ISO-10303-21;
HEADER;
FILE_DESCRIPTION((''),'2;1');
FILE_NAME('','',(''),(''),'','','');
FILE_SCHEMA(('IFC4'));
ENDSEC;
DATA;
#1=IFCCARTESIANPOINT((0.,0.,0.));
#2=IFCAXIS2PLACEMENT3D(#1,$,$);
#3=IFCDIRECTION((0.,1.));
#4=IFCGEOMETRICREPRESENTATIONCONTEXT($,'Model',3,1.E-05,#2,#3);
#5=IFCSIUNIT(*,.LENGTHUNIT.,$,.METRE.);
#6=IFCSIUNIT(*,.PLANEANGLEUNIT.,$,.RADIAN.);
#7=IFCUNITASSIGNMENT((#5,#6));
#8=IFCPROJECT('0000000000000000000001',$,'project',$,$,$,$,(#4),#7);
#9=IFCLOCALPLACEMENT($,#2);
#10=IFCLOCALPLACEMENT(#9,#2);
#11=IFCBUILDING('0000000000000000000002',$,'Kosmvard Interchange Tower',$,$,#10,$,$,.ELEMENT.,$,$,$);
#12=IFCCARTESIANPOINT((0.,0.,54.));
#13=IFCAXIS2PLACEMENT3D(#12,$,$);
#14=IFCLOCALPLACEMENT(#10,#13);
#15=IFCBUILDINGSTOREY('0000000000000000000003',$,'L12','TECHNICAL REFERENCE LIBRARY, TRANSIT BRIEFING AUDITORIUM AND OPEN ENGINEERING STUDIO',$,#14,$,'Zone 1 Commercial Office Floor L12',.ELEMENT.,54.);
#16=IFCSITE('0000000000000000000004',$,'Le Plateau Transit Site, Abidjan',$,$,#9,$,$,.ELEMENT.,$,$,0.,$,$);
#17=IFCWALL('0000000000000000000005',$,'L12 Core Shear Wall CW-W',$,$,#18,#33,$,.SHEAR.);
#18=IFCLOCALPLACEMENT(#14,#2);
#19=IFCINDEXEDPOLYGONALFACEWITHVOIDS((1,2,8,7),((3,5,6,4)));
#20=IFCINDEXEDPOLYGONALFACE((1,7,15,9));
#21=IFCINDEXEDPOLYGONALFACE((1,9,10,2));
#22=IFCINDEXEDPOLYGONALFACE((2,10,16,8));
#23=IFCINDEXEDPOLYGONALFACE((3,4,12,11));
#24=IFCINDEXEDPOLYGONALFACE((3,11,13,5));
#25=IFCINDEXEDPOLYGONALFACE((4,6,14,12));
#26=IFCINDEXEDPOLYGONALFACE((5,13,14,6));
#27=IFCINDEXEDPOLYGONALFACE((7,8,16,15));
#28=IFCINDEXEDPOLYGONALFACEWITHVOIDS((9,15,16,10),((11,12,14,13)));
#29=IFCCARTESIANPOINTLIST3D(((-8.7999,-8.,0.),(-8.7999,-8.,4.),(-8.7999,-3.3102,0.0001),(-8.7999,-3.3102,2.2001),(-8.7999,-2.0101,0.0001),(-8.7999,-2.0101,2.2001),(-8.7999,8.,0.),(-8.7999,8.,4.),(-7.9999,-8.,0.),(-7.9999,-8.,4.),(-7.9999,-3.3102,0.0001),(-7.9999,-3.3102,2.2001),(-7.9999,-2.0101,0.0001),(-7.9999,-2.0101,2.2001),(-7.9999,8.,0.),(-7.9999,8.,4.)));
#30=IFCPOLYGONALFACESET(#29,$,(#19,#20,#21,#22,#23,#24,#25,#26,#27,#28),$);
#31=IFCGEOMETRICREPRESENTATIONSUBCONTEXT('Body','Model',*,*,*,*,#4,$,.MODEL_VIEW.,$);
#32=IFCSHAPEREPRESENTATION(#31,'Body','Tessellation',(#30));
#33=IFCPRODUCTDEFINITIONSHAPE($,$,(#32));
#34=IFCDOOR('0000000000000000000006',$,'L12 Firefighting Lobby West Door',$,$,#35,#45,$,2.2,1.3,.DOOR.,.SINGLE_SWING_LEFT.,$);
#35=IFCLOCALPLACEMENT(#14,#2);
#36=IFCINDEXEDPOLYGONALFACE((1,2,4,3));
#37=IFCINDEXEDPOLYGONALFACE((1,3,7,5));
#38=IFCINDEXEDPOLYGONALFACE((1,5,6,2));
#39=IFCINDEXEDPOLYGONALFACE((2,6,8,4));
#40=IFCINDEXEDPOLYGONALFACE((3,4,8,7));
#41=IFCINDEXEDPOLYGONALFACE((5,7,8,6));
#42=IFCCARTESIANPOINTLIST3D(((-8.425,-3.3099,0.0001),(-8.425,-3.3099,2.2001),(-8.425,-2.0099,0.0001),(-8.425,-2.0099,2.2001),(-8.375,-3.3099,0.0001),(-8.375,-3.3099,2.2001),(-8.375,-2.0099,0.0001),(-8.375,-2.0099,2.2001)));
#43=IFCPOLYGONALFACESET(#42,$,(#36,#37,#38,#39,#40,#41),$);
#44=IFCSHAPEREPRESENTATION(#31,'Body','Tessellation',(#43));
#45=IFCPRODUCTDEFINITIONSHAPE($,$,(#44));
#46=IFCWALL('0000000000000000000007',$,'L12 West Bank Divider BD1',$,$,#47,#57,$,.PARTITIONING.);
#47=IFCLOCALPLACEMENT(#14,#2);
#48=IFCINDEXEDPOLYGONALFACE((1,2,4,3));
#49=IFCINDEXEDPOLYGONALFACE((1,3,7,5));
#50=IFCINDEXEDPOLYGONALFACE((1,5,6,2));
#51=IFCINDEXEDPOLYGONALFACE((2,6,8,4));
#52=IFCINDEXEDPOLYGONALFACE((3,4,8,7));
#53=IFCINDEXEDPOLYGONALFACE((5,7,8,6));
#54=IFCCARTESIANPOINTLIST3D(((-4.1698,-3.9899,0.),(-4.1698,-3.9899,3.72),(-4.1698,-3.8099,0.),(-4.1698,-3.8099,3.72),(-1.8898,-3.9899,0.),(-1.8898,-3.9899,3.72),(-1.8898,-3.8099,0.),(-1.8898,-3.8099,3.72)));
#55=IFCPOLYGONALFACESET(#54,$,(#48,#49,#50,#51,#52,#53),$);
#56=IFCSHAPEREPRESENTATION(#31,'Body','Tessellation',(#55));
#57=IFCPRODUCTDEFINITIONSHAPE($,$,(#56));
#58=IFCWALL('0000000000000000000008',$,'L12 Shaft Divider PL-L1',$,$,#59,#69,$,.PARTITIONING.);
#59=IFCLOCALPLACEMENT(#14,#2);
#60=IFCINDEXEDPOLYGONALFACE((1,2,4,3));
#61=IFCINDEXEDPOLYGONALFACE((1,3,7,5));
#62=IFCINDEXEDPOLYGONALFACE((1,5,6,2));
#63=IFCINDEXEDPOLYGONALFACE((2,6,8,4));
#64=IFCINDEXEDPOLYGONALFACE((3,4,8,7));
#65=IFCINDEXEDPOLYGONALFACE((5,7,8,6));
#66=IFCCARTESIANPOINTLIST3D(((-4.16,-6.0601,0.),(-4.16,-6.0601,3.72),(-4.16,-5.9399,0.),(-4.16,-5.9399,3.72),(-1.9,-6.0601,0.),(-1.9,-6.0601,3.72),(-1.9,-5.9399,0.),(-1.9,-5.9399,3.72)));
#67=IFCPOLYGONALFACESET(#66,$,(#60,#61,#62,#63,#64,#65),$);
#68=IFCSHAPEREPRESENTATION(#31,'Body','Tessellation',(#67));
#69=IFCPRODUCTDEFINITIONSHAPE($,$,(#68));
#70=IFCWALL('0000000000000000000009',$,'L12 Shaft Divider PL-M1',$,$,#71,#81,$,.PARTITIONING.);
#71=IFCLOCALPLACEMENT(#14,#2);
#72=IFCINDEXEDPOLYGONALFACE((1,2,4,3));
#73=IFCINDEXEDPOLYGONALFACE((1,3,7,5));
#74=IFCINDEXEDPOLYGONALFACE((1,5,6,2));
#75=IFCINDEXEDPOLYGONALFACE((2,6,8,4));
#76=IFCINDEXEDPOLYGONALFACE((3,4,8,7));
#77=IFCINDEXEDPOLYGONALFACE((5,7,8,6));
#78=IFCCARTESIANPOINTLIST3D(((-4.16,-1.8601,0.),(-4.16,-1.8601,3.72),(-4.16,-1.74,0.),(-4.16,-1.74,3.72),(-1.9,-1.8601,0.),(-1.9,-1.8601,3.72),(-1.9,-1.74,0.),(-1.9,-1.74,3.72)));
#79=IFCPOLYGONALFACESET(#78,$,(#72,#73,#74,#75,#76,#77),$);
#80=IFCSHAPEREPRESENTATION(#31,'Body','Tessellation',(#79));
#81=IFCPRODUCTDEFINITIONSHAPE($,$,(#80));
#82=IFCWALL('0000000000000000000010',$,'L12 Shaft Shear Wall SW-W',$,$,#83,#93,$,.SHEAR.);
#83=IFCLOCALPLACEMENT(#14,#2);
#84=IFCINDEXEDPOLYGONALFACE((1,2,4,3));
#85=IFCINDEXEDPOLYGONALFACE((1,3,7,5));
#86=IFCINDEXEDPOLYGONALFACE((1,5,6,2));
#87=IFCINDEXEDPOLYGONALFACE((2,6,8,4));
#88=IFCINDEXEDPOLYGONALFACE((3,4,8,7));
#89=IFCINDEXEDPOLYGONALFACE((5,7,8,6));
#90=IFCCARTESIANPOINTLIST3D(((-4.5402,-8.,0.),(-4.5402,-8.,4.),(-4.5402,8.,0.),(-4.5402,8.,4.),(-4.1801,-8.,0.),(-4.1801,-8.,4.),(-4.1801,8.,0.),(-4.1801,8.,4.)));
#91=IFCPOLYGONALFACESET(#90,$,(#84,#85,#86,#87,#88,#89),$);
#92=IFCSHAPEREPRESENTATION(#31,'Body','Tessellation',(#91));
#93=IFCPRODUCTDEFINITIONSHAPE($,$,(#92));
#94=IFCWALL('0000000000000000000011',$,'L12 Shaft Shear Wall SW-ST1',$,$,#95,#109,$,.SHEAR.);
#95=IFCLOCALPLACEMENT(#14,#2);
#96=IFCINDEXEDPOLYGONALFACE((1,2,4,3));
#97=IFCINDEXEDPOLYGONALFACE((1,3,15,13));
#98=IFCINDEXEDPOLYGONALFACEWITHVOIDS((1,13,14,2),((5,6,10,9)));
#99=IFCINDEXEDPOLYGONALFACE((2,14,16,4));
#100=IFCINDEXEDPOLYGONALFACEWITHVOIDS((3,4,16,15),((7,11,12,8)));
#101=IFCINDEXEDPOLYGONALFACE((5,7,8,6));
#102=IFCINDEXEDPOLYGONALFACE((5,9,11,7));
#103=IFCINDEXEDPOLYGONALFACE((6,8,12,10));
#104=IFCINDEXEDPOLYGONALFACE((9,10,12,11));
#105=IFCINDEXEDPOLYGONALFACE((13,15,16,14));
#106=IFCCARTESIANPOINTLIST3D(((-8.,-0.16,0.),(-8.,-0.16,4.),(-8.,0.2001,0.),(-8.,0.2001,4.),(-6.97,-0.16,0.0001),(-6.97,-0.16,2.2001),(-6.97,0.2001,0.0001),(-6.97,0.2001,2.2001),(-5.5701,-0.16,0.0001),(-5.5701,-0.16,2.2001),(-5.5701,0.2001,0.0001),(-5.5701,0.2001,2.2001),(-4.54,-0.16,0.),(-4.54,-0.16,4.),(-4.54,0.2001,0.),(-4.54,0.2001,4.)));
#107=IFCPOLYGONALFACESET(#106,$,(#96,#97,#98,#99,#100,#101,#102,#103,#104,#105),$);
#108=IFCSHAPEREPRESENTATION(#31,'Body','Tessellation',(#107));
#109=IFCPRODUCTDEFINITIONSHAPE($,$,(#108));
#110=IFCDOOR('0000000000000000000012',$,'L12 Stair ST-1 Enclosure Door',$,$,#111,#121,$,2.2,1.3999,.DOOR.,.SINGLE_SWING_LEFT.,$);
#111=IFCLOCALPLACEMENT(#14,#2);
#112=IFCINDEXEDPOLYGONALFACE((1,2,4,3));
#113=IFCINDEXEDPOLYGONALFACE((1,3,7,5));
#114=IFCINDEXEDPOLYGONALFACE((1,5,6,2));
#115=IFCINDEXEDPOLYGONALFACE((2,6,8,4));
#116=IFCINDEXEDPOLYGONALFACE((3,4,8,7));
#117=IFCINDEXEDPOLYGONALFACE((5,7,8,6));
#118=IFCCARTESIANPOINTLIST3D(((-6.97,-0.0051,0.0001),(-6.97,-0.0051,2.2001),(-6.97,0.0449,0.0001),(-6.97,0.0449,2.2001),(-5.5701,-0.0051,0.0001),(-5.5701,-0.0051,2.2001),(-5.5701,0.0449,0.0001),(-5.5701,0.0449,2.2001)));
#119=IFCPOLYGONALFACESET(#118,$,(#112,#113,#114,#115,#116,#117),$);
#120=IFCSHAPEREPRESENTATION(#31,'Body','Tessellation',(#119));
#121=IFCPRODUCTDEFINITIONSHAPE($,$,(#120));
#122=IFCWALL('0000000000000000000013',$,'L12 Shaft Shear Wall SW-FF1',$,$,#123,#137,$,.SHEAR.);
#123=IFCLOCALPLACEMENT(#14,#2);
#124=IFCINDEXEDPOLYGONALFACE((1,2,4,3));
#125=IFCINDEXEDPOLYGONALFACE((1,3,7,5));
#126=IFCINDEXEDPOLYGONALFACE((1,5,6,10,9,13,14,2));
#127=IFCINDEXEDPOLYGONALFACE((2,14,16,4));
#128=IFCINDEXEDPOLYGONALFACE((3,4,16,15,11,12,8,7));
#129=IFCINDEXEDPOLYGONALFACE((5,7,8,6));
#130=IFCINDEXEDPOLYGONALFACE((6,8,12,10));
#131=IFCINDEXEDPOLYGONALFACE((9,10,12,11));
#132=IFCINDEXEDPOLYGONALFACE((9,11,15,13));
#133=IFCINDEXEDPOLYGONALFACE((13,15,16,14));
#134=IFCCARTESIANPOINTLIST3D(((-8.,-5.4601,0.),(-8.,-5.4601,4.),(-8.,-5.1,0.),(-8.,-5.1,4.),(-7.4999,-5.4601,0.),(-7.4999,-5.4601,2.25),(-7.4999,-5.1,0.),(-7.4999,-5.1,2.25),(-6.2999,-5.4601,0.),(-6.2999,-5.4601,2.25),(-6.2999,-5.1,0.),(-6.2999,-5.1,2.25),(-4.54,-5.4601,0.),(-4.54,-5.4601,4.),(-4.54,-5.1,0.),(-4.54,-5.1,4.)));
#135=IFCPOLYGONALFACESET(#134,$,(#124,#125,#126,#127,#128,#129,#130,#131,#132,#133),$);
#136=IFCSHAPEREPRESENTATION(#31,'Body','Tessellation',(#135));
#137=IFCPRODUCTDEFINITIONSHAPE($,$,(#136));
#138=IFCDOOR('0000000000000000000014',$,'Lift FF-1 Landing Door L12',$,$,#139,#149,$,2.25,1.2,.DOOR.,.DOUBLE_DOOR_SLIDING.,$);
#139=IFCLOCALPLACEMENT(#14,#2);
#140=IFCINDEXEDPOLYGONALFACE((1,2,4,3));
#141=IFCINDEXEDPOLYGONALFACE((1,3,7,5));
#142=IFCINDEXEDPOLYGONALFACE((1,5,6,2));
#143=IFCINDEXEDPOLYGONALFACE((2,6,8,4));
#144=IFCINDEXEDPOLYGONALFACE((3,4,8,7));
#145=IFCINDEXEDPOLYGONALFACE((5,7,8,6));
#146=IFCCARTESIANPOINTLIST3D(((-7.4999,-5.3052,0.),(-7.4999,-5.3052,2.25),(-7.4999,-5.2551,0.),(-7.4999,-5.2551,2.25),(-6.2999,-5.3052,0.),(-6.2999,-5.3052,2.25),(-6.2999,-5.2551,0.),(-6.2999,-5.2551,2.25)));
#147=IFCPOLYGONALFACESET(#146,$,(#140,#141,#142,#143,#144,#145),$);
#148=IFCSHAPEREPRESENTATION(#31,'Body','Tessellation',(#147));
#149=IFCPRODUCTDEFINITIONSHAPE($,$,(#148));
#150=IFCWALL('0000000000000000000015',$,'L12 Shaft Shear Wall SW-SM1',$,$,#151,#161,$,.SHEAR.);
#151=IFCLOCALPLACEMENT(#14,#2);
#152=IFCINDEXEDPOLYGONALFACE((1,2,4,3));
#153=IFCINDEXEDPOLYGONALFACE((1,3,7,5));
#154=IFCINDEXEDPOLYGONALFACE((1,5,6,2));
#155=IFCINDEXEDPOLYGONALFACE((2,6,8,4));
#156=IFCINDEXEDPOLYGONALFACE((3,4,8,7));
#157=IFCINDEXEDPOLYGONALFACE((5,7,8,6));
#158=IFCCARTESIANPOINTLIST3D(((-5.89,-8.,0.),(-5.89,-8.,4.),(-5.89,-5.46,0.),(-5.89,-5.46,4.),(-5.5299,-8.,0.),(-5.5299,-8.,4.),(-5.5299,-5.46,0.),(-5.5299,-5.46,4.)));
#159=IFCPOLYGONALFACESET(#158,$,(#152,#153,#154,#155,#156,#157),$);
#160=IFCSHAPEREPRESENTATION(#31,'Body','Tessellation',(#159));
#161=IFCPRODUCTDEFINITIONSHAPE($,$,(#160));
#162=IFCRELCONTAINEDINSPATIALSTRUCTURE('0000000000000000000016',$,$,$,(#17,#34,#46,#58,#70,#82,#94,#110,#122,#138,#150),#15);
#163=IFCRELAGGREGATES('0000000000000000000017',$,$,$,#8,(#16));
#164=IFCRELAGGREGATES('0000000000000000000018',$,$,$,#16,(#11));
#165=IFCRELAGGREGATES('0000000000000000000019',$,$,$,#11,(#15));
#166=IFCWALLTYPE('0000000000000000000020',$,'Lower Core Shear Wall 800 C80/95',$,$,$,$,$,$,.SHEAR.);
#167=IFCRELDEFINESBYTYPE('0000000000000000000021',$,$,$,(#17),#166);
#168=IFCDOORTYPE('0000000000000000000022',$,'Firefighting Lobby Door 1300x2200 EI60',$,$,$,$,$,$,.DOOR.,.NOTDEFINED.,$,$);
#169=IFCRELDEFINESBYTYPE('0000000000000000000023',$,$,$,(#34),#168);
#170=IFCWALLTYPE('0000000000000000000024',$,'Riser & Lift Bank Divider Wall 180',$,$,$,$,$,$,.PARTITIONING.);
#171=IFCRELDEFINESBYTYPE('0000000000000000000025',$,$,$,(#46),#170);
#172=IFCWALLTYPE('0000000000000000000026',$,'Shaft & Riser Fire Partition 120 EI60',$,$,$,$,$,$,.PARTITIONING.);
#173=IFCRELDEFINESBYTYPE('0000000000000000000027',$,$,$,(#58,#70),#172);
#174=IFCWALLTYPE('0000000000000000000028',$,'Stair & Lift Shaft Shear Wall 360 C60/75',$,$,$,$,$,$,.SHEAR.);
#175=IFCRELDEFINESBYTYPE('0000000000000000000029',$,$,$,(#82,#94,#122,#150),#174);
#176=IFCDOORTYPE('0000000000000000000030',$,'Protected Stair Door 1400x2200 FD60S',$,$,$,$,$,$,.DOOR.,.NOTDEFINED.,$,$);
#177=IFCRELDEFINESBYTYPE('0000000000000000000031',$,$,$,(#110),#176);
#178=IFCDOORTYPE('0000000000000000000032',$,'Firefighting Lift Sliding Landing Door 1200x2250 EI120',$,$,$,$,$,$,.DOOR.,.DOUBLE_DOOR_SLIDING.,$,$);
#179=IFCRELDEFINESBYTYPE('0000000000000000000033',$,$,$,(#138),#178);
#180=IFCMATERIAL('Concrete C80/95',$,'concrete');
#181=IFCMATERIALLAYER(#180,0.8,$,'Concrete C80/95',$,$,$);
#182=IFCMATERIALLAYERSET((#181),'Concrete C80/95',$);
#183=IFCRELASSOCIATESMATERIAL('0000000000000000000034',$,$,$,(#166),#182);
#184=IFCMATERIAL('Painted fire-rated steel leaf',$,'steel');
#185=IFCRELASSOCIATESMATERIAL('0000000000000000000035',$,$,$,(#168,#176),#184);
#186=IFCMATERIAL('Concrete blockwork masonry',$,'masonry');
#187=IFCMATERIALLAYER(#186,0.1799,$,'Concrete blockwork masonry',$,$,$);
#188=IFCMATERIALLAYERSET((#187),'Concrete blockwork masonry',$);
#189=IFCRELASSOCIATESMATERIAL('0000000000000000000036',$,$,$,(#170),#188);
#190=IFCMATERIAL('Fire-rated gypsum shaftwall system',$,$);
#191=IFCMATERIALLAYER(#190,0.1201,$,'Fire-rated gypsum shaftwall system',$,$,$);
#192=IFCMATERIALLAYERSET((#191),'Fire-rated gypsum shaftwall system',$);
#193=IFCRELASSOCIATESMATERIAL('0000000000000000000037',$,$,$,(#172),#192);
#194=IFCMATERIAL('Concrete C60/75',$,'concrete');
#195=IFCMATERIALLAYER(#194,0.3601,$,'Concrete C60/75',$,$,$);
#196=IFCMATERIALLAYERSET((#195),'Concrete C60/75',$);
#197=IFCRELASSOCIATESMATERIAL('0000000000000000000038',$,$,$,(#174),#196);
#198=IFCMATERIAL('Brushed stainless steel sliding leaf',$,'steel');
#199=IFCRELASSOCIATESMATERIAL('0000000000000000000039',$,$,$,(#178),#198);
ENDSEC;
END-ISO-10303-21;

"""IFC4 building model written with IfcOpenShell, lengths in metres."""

from ifc_helpers import new_model, si_unit, direction, frame, frame_2d, origin, place, context, subcontext, project, spatial, rectangle, extrude, source, transform, mapped, material, layer, layer_set, type_object, element, fill, save


model = new_model("IFC4")

# Units and contexts
model_context = context("Model", 3, precision=1e-05, world=origin(), true_north=direction((0.0, 1.0)))
body_context = subcontext(model_context, "Body", "Model", "MODEL_VIEW")
ifc_project = project(units=[si_unit("LENGTHUNIT", "METRE"), si_unit("PLANEANGLEUNIT", "RADIAN")], contexts=[model_context])

# Site, building, storey
site_placement = place(None, origin())
site = spatial("IfcSite", under=ifc_project, at=site_placement, Name="Le Plateau Transit Site, Abidjan", CompositionType="ELEMENT", RefElevation=0.0)
building_placement = place(site_placement, origin())
building = spatial("IfcBuilding", under=site, at=building_placement, Name="Kosmvard Interchange Tower", CompositionType="ELEMENT")
storey_placement = place(building_placement, frame((0.0, 0.0, 54.0)))
storey = spatial("IfcBuildingStorey", under=building, at=storey_placement, Name="L12", Description="TECHNICAL REFERENCE LIBRARY, TRANSIT BRIEFING AUDITORIUM AND OPEN ENGINEERING STUDIO", LongName="Zone 1 Commercial Office Floor L12", CompositionType="ELEMENT", Elevation=54.0)

# Shared definitions
ifc_material_1 = material(Name="Concrete C80/95", Category="concrete")
ifc_material_2 = material(Name="Concrete C60/75", Category="concrete")

# Wall, opening, door
ifc_layer_1 = layer(ifc_material_1, 0.8, Name="Concrete C80/95")
ifc_layer_set_1 = layer_set([ifc_layer_1], Name="Concrete C80/95")
wall_type_1 = type_object("IfcWallType", Name="Lower Core Shear Wall 800 C80/95", PredefinedType="SHEAR", material=ifc_layer_set_1)
ifc_material_3 = material(Name="Painted fire-rated steel leaf", Category="steel")
door_type_1 = type_object("IfcDoorType", Name="Firefighting Lobby Door 1300x2200 EI60", OperationType="NOTDEFINED", PredefinedType="DOOR", material=ifc_material_3)
shared_shape_1 = source(origin(), body_context, "Body", "SweptSolid", [
    extrude(rectangle(XDim=1.3, YDim=2.2, at=frame_2d((0.6499, 1.1001))), frame((0.0, 0.0249, 0.0), z_axis=(0.0, -1.0, 0.0), x_axis=(1.0, 0.0, 0.0)), (0.0, 0.0, 1.0), 0.05),
])
wall_1_placement = place(storey_placement, frame((-8.3999, -8.0, 0.0), z_axis=(0.0, 0.0, 1.0), x_axis=(0.0, 1.0, 0.0)))
wall_1 = element("IfcWall", 1, at=wall_1_placement, inside=storey, type_object=wall_type_1, Name="L12 Core Shear Wall CW-W", PredefinedType="SHEAR", context=body_context, shape_type="SweptSolid", body=[
    extrude(rectangle(XDim=16.0, YDim=0.8, at=frame_2d((8.0, 0.0))), origin(), (0.0, 0.0, 1.0), 4.0),
])
opening_1_placement = place(wall_1_placement, frame((4.6899, 0.0, 0.0)))
opening_1 = element("IfcOpeningElement", 2, at=opening_1_placement, cuts=wall_1, PredefinedType="OPENING", context=body_context, shape_type="SweptSolid", body=[
    extrude(rectangle(XDim=1.3, YDim=2.2, at=frame_2d((0.6499, 1.1001))), frame((0.0, 0.4102, 0.0), z_axis=(0.0, -1.0, 0.0), x_axis=(1.0, 0.0, 0.0)), (0.0, 0.0, 1.0), 0.8201),
])
door_1_placement = place(opening_1_placement, frame((1.3, 0.0, 0.0), z_axis=(0.0, 0.0, 1.0), x_axis=(-1.0, 0.0, 0.0)))
door_1 = element("IfcDoor", 3, at=door_1_placement, inside=storey, type_object=door_type_1, Name="L12 Firefighting Lobby West Door", OperationType="SINGLE_SWING_LEFT", OverallHeight=2.2, OverallWidth=1.3, PredefinedType="DOOR", context=body_context, shape_type="MappedRepresentation", body=[
    mapped(shared_shape_1, transform((0.0, 0.0, 0.0), scale=1.0)),
])
fill(opening_1, door_1)

# Walls
ifc_material_4 = material(Name="Concrete blockwork masonry", Category="masonry")
ifc_layer_2 = layer(ifc_material_4, 0.1799, Name="Concrete blockwork masonry")
ifc_layer_set_2 = layer_set([ifc_layer_2], Name="Concrete blockwork masonry")
wall_type_2 = type_object("IfcWallType", Name="Riser & Lift Bank Divider Wall 180", PredefinedType="PARTITIONING", material=ifc_layer_set_2)
wall_2_placement = place(storey_placement, frame((-4.1699, -3.8999, 0.0), z_axis=(0.0, 0.0, 1.0), x_axis=(1.0, 0.0, 0.0)))
element("IfcWall", 4, at=wall_2_placement, inside=storey, type_object=wall_type_2, Name="L12 West Bank Divider BD1", PredefinedType="PARTITIONING", context=body_context, shape_type="SweptSolid", body=[
    extrude(rectangle(XDim=2.28, YDim=0.1799, at=frame_2d((1.1401, 0.0))), origin(), (0.0, 0.0, 1.0), 3.72),
])
ifc_material_5 = material(Name="Fire-rated gypsum shaftwall system")
ifc_layer_3 = layer(ifc_material_5, 0.1201, Name="Fire-rated gypsum shaftwall system")
ifc_layer_set_3 = layer_set([ifc_layer_3], Name="Fire-rated gypsum shaftwall system")
wall_type_3 = type_object("IfcWallType", Name="Shaft & Riser Fire Partition 120 EI60", PredefinedType="PARTITIONING", material=ifc_layer_set_3)
for number, where, z_axis, x_axis, name in (
    (5, (-4.1599, -6.0, 0.0), (0.0, 0.0, 1.0), (1.0, 0.0, 0.0), "L12 Shaft Divider PL-L1"),
    (6, (-4.1599, -1.8, 0.0), (0.0, 0.0, 1.0), (1.0, 0.0, 0.0), "L12 Shaft Divider PL-M1"),
):
    element("IfcWall", number, at=place(storey_placement, frame(where, z_axis=z_axis, x_axis=x_axis)), inside=storey, type_object=wall_type_3, Name=name, PredefinedType="PARTITIONING", context=body_context, shape_type="SweptSolid", body=[
        extrude(rectangle(XDim=2.26, YDim=0.1201, at=frame_2d((1.1299, 0.0))), origin(), (0.0, 0.0, 1.0), 3.72),
    ])
ifc_layer_4 = layer(ifc_material_2, 0.3601, Name="Concrete C60/75")
ifc_layer_set_4 = layer_set([ifc_layer_4], Name="Concrete C60/75")
wall_type_4 = type_object("IfcWallType", Name="Stair & Lift Shaft Shear Wall 360 C60/75", PredefinedType="SHEAR", material=ifc_layer_set_4)
wall_3_placement = place(storey_placement, frame((-4.3601, -8.0, 0.0), z_axis=(0.0, 0.0, 1.0), x_axis=(0.0, 1.0, 0.0)))
element("IfcWall", 7, at=wall_3_placement, inside=storey, type_object=wall_type_4, Name="L12 Shaft Shear Wall SW-W", PredefinedType="SHEAR", context=body_context, shape_type="SweptSolid", body=[
    extrude(rectangle(XDim=16.0, YDim=0.3601, at=frame_2d((8.0, 0.0))), origin(), (0.0, 0.0, 1.0), 4.0),
])

# Walls, openings, doors
wall_4_placement = place(storey_placement, frame((-8.0, 0.02, 0.0), z_axis=(0.0, 0.0, 1.0), x_axis=(1.0, 0.0, 0.0)))
wall_4 = element("IfcWall", 8, at=wall_4_placement, inside=storey, type_object=wall_type_4, Name="L12 Shaft Shear Wall SW-ST1", PredefinedType="SHEAR", context=body_context, shape_type="SweptSolid", body=[
    extrude(rectangle(XDim=3.46, YDim=0.3601, at=frame_2d((1.73, 0.0))), origin(), (0.0, 0.0, 1.0), 4.0),
])
opening_2_placement = place(wall_4_placement, frame((1.03, 0.0, 0.0)))
opening_2 = element("IfcOpeningElement", 9, at=opening_2_placement, cuts=wall_4, PredefinedType="OPENING", context=body_context, shape_type="SweptSolid", body=[
    extrude(rectangle(XDim=1.3999, YDim=2.2, at=frame_2d((0.7, 1.1001))), frame((0.0, 0.1899, 0.0), z_axis=(0.0, -1.0, 0.0), x_axis=(1.0, 0.0, 0.0)), (0.0, 0.0, 1.0), 0.3801),
])
door_type_2 = type_object("IfcDoorType", Name="Protected Stair Door 1400x2200 FD60S", OperationType="NOTDEFINED", PredefinedType="DOOR", material=ifc_material_3)
shared_shape_2 = source(origin(), body_context, "Body", "SweptSolid", [
    extrude(rectangle(XDim=1.3999, YDim=2.2, at=frame_2d((0.7, 1.1001))), frame((0.0, 0.0249, 0.0), z_axis=(0.0, -1.0, 0.0), x_axis=(1.0, 0.0, 0.0)), (0.0, 0.0, 1.0), 0.05),
])
door_2_placement = place(opening_2_placement, origin())
door_2 = element("IfcDoor", 10, at=door_2_placement, inside=storey, type_object=door_type_2, Name="L12 Stair ST-1 Enclosure Door", OperationType="SINGLE_SWING_LEFT", OverallHeight=2.2, OverallWidth=1.3999, PredefinedType="DOOR", context=body_context, shape_type="MappedRepresentation", body=[
    mapped(shared_shape_2, transform((0.0, 0.0, 0.0), scale=1.0)),
])
fill(opening_2, door_2)
wall_5_placement = place(storey_placement, frame((-8.0, -5.28, 0.0), z_axis=(0.0, 0.0, 1.0), x_axis=(1.0, 0.0, 0.0)))
wall_5 = element("IfcWall", 11, at=wall_5_placement, inside=storey, type_object=wall_type_4, Name="L12 Shaft Shear Wall SW-FF1", PredefinedType="SHEAR", context=body_context, shape_type="SweptSolid", body=[
    extrude(rectangle(XDim=3.46, YDim=0.3601, at=frame_2d((1.73, 0.0))), origin(), (0.0, 0.0, 1.0), 4.0),
])
opening_3_placement = place(wall_5_placement, frame((0.5, 0.0, 0.0)))
opening_3 = element("IfcOpeningElement", 12, at=opening_3_placement, cuts=wall_5, PredefinedType="OPENING", context=body_context, shape_type="SweptSolid", body=[
    extrude(rectangle(XDim=1.2, YDim=2.25, at=frame_2d((0.6001, 1.125))), frame((0.0, 0.1899, 0.0), z_axis=(0.0, -1.0, 0.0), x_axis=(1.0, 0.0, 0.0)), (0.0, 0.0, 1.0), 0.3801),
])
ifc_material_6 = material(Name="Brushed stainless steel sliding leaf", Category="steel")
door_type_3 = type_object("IfcDoorType", Name="Firefighting Lift Sliding Landing Door 1200x2250 EI120", OperationType="DOUBLE_DOOR_SLIDING", PredefinedType="DOOR", material=ifc_material_6)
shared_shape_3 = source(origin(), body_context, "Body", "SweptSolid", [
    extrude(rectangle(XDim=1.2, YDim=2.25, at=frame_2d((0.6001, 1.125))), frame((0.0, 0.0249, 0.0), z_axis=(0.0, -1.0, 0.0), x_axis=(1.0, 0.0, 0.0)), (0.0, 0.0, 1.0), 0.05),
])
door_3_placement = place(opening_3_placement, origin())
door_3 = element("IfcDoor", 13, at=door_3_placement, inside=storey, type_object=door_type_3, Name="Lift FF-1 Landing Door L12", OperationType="DOUBLE_DOOR_SLIDING", OverallHeight=2.25, OverallWidth=1.2, PredefinedType="DOOR", context=body_context, shape_type="MappedRepresentation", body=[
    mapped(shared_shape_3, transform((0.0, 0.0, 0.0), scale=1.0)),
])
fill(opening_3, door_3)

# Wall
wall_6_placement = place(storey_placement, frame((-5.71, -8.0, 0.0), z_axis=(0.0, 0.0, 1.0), x_axis=(0.0, 1.0, 0.0)))
element("IfcWall", 14, at=wall_6_placement, inside=storey, type_object=wall_type_4, Name="L12 Shaft Shear Wall SW-SM1", PredefinedType="SHEAR", context=body_context, shape_type="SweptSolid", body=[
    extrude(rectangle(XDim=2.54, YDim=0.3601, at=frame_2d((1.27, 0.0))), origin(), (0.0, 0.0, 1.0), 4.0),
])

save(model, "model.ifc")
